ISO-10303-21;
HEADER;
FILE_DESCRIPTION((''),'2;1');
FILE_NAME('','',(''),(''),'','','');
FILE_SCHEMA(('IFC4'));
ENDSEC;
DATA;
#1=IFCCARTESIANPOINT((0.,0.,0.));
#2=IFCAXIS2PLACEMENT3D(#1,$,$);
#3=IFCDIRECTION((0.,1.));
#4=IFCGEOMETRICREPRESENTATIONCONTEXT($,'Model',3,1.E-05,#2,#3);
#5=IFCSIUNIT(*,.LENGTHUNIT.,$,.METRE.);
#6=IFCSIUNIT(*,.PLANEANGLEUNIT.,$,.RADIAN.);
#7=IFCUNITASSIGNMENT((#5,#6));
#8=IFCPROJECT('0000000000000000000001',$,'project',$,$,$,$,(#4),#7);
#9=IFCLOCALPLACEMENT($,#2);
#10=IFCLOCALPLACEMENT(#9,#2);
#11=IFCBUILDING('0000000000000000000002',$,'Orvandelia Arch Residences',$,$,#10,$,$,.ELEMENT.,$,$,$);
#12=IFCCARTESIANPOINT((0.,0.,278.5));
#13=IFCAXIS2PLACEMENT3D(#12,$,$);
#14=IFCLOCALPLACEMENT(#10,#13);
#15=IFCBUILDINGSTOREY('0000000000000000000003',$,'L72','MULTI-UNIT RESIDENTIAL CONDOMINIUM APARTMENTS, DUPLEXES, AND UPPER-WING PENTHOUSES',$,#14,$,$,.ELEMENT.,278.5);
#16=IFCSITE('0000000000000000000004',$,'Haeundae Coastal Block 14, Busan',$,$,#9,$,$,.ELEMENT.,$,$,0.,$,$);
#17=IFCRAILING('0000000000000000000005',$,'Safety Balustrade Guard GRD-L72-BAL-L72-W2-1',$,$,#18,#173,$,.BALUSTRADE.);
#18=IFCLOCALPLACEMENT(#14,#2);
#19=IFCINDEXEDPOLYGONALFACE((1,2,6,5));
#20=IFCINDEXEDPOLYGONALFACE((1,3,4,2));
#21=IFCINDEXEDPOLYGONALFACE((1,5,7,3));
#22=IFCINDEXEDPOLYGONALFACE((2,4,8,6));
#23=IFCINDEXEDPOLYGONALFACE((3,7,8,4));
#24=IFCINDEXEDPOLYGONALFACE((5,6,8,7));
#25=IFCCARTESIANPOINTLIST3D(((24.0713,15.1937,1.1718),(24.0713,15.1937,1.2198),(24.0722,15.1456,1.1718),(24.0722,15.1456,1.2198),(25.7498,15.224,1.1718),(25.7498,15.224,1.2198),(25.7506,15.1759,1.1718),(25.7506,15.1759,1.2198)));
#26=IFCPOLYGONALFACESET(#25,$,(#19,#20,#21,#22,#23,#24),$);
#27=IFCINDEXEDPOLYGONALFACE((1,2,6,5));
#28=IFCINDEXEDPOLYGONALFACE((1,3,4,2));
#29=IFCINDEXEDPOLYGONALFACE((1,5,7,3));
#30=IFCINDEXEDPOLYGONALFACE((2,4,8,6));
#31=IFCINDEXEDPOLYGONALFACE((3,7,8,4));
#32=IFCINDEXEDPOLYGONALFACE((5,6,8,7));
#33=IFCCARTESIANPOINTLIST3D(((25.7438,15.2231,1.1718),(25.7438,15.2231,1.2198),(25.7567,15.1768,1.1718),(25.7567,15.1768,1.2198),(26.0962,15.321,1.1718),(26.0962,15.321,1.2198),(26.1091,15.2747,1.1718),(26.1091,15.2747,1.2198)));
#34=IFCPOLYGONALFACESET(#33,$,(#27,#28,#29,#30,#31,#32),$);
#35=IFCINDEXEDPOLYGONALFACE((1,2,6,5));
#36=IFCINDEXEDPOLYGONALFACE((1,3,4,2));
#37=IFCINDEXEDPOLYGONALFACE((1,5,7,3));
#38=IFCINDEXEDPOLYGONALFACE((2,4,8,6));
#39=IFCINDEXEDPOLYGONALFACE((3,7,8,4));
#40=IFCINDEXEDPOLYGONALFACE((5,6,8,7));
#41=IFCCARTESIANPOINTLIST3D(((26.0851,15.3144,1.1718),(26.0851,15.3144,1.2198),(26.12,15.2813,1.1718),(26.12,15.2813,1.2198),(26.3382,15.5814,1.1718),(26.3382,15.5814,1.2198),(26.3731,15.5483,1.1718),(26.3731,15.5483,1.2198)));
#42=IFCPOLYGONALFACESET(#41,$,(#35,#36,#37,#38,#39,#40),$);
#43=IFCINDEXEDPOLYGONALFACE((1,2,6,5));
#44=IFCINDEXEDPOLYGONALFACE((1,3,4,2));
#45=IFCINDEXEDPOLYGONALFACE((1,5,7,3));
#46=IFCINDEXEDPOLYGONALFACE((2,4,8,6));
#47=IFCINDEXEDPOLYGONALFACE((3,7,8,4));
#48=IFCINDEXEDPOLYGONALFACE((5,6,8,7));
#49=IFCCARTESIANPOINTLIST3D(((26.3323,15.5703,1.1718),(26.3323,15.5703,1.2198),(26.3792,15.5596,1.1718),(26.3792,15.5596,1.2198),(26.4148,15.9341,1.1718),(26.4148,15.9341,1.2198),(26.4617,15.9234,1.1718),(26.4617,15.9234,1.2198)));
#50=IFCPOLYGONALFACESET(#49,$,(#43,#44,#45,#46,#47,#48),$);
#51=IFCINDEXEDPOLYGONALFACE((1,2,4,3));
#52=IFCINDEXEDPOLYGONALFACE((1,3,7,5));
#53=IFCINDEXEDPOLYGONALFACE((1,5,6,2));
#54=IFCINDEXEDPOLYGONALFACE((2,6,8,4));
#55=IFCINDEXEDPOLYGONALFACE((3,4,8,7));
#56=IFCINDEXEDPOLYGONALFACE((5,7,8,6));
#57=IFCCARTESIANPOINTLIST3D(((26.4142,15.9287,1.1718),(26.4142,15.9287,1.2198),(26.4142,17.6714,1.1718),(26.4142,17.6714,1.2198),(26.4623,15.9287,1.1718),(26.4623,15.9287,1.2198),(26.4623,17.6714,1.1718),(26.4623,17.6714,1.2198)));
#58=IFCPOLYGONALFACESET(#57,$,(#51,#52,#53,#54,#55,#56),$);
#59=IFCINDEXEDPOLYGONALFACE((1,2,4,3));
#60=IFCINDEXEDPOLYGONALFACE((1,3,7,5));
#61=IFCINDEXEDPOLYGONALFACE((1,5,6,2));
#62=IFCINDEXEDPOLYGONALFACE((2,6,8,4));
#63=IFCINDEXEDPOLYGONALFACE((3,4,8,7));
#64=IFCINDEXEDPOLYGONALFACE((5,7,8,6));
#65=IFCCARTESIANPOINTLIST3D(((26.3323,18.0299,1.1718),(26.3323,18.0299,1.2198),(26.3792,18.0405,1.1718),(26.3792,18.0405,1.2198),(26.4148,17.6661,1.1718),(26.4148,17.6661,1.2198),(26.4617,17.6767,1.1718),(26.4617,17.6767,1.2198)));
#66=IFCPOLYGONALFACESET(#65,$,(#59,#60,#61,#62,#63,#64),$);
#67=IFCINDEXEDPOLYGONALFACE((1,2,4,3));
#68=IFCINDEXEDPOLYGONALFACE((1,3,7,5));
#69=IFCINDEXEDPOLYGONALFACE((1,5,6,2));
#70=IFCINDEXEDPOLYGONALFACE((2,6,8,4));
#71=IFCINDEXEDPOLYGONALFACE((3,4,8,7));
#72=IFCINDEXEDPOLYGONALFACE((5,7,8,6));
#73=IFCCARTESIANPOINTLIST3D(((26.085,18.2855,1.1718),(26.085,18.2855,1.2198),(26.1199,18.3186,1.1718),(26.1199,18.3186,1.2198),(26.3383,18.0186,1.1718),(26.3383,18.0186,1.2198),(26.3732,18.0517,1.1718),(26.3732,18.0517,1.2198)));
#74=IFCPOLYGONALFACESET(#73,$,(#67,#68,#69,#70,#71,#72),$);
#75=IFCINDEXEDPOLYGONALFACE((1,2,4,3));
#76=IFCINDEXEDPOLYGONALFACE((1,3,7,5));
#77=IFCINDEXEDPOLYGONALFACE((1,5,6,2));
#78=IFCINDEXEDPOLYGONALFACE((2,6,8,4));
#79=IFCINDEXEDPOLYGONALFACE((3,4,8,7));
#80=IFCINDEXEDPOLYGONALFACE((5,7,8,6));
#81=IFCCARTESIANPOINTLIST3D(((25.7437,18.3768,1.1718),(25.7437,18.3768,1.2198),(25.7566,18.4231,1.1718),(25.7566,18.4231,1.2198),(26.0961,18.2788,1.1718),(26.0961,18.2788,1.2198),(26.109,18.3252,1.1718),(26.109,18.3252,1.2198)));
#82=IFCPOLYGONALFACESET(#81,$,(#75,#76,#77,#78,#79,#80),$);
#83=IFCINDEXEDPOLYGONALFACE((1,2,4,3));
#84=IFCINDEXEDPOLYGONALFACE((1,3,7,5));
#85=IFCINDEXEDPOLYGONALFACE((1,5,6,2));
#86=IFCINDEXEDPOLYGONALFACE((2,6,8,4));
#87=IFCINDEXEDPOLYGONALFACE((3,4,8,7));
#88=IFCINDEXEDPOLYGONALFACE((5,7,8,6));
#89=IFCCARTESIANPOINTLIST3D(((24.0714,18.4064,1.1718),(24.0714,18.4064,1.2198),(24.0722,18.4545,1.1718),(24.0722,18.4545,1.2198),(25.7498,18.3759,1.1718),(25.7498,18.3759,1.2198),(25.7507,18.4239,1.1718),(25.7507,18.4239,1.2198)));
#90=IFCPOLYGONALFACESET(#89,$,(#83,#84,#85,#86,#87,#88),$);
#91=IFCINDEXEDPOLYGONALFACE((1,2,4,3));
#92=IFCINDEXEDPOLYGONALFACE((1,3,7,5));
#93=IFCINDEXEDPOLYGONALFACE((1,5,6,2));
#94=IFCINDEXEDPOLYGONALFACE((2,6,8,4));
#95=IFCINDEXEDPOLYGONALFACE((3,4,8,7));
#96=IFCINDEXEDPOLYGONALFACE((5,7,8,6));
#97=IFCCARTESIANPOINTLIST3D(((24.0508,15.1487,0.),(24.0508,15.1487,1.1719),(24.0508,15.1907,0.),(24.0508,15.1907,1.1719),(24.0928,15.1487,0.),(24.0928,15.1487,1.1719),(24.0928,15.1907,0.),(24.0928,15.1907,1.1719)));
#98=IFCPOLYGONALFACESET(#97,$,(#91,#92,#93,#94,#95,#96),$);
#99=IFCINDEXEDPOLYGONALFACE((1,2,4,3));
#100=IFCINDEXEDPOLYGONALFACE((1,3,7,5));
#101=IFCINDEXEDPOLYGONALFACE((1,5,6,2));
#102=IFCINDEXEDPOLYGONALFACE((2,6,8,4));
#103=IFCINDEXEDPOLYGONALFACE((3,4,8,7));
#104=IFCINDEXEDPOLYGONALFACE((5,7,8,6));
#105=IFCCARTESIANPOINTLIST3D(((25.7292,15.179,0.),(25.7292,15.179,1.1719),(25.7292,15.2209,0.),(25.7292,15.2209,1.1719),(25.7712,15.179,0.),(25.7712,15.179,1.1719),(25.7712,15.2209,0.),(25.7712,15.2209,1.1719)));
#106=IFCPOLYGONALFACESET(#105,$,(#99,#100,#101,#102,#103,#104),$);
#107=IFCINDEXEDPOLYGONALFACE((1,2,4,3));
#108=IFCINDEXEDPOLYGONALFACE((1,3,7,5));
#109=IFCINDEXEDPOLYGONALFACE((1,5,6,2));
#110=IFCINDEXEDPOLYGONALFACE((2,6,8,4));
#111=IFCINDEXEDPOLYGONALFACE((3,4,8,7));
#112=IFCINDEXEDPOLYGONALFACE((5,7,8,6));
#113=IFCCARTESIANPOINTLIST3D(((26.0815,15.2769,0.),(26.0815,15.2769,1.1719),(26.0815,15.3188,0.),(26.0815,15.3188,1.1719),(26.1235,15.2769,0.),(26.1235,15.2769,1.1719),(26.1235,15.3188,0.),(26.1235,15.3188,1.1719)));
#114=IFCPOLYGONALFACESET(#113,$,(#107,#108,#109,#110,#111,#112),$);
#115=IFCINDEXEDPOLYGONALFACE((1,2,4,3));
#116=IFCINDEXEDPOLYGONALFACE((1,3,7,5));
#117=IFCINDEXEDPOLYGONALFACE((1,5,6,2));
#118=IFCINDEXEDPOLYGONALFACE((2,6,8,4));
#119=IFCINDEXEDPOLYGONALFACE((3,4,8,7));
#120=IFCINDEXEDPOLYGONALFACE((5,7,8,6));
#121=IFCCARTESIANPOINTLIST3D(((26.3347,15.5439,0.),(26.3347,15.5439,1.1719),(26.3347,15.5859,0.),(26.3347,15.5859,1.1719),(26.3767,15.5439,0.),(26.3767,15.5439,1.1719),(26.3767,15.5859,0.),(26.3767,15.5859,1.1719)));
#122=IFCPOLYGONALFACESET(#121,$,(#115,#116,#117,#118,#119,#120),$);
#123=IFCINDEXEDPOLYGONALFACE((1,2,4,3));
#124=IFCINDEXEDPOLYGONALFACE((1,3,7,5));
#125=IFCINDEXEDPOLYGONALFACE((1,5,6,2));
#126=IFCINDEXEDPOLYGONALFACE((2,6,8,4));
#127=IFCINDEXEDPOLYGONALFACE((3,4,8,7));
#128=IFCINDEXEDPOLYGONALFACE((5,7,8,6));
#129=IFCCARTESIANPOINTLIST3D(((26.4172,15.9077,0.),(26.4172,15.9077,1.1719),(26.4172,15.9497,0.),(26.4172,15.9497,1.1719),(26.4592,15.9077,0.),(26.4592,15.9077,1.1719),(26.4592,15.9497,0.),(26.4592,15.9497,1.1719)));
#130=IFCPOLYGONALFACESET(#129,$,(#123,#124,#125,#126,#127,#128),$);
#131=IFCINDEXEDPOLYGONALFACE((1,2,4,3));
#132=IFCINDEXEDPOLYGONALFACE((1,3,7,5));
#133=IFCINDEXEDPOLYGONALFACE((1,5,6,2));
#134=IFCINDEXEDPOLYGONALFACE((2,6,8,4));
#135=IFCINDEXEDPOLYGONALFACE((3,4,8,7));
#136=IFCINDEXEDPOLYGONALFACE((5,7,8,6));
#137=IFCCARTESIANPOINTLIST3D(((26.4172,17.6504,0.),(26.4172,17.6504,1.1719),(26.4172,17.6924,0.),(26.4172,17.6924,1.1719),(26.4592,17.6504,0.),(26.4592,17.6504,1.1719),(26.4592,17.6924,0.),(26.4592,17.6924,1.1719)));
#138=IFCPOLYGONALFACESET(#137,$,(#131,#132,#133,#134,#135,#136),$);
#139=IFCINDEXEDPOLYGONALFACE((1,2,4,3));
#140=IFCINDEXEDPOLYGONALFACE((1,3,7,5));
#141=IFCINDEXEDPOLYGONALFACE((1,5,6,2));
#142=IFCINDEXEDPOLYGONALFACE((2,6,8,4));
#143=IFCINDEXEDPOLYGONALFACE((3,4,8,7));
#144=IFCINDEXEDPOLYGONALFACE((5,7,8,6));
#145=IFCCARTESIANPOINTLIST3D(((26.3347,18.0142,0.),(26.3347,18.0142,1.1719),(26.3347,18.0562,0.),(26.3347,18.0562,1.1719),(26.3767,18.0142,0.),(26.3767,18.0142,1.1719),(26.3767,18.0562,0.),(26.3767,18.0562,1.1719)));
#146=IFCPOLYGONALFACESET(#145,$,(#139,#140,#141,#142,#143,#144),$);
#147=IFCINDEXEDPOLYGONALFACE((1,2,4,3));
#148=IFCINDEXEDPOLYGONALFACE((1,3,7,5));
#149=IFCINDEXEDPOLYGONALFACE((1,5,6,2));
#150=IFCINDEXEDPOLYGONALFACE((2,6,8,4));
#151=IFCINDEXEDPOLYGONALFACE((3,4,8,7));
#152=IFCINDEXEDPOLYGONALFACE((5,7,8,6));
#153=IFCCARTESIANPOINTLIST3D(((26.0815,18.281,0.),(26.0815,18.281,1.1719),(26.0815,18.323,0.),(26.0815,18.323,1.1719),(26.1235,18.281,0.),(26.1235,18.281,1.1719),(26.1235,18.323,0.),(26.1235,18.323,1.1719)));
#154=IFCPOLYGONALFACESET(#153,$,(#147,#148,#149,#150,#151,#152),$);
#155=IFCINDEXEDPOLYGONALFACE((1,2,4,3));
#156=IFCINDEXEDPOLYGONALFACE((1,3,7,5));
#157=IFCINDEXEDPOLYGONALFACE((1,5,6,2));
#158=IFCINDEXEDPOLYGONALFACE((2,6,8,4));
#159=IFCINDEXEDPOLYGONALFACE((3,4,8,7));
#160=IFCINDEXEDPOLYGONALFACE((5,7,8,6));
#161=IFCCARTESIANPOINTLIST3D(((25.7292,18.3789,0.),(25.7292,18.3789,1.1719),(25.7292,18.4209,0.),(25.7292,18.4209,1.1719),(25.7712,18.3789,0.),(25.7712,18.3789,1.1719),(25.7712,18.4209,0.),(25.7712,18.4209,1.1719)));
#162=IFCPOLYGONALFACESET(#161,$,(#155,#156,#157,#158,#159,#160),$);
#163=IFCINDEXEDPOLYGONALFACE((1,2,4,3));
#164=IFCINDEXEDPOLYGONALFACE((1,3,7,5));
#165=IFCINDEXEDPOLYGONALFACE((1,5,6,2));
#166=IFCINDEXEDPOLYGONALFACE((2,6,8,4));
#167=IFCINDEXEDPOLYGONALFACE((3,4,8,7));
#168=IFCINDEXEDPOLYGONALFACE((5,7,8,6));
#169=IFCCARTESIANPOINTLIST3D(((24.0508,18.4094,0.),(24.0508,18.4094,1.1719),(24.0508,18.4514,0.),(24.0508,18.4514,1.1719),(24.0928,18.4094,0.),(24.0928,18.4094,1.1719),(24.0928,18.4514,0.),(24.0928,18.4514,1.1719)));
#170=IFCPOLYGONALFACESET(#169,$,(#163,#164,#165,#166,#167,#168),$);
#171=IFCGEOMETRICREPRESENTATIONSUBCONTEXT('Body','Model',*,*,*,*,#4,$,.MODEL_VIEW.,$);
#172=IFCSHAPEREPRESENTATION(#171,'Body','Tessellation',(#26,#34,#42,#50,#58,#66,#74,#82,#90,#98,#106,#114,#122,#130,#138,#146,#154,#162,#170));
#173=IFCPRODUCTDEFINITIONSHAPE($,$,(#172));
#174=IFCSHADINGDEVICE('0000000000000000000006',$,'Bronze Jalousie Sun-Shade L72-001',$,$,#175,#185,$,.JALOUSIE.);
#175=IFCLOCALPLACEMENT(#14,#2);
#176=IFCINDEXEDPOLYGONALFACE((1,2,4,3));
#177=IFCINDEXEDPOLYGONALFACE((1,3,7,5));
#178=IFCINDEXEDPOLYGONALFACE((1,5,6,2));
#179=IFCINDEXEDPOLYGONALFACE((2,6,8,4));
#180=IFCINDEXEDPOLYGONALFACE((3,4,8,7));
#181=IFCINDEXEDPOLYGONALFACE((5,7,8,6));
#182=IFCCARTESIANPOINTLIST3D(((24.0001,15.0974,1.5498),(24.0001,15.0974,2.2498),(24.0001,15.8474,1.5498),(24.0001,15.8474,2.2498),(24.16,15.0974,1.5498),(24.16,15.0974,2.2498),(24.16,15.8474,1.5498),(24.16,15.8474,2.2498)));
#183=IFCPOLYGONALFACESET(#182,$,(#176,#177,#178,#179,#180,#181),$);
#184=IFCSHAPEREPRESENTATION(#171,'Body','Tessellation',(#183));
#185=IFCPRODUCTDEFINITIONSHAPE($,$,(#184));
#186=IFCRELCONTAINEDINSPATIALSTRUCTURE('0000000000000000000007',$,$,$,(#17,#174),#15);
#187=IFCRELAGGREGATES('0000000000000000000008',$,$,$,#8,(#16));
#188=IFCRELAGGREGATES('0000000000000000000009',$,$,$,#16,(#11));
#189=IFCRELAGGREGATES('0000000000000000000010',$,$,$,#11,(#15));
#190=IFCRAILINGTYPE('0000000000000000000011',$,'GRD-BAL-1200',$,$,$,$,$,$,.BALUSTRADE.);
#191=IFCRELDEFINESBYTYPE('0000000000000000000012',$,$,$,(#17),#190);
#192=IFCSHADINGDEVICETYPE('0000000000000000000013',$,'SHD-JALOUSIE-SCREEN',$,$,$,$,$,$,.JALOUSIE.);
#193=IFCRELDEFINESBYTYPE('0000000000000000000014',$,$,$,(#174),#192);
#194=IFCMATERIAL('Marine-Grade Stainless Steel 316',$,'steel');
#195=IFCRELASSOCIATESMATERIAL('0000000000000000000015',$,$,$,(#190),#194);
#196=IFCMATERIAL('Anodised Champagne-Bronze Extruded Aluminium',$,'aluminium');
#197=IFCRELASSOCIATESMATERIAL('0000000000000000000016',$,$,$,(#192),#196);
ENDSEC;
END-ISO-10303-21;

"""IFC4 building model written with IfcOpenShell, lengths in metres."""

from ifc_helpers import new_model, si_unit, direction, frame, origin, origin_2d, place, context, subcontext, project, spatial, rectangle, extrude, material, type_object, element, save


model = new_model("IFC4")

# Units and contexts
model_context = context("Model", 3, precision=1e-05, world=origin(), true_north=direction((0.0, 1.0)))
body_context = subcontext(model_context, "Body", "Model", "MODEL_VIEW")
ifc_project = project(units=[si_unit("LENGTHUNIT", "METRE"), si_unit("PLANEANGLEUNIT", "RADIAN")], contexts=[model_context])

# Site, building, storey
site_placement = place(None, origin())
site = spatial("IfcSite", under=ifc_project, at=site_placement, Name="Haeundae Coastal Block 14, Busan", CompositionType="ELEMENT", RefElevation=0.0)
building_placement = place(site_placement, origin())
building = spatial("IfcBuilding", under=site, at=building_placement, Name="Orvandelia Arch Residences", CompositionType="ELEMENT")
storey_placement = place(building_placement, frame((0.0, 0.0, 278.5)))
storey = spatial("IfcBuildingStorey", under=building, at=storey_placement, Name="L72", Description="MULTI-UNIT RESIDENTIAL CONDOMINIUM APARTMENTS, DUPLEXES, AND UPPER-WING PENTHOUSES", CompositionType="ELEMENT", Elevation=278.5)

# Railing
ifc_material_1 = material(Name="Marine-Grade Stainless Steel 316", Category="steel")
railing_type = type_object("IfcRailingType", Name="GRD-BAL-1200", PredefinedType="BALUSTRADE", material=ifc_material_1)
railing_placement = place(storey_placement, frame((24.0718, 15.1697, 0.0)))
element("IfcRailing", 1, at=railing_placement, inside=storey, type_object=railing_type, Name="Safety Balustrade Guard GRD-L72-BAL-L72-W2-1", PredefinedType="BALUSTRADE", context=body_context, shape_type="SweptSolid", body=[
    extrude(rectangle(XDim=0.0481, YDim=0.0481, at=origin_2d()), frame((0.0, 0.0, 1.1958), z_axis=(0.999837, 0.018033, 0.0), x_axis=(-0.018033, 0.999837, 0.0)), (0.0, 0.0, 1.0), 1.6787),
    extrude(rectangle(XDim=0.0481, YDim=0.0481, at=origin_2d()), frame((1.6785, 0.0303, 1.1958), z_axis=(0.963489, 0.267747, 0.0), x_axis=(-0.267747, 0.963489, 0.0)), (0.0, 0.0, 1.0), 0.3657),
    extrude(rectangle(XDim=0.0481, YDim=0.0481, at=origin_2d()), frame((2.0308, 0.1282, 1.1958), z_axis=(0.687947, 0.725761, 0.0), x_axis=(-0.725761, 0.687947, 0.0)), (0.0, 0.0, 1.0), 0.3679),
    extrude(rectangle(XDim=0.0481, YDim=0.0481, at=origin_2d()), frame((2.2839, 0.3953, 1.1958), z_axis=(0.221225, 0.975223, 0.0), x_axis=(-0.975223, 0.221225, 0.0)), (0.0, 0.0, 1.0), 0.373),
    extrude(rectangle(XDim=0.0481, YDim=0.0481, at=origin_2d()), frame((2.3665, 0.759, 1.1958), z_axis=(0.0, 1.0, 0.0), x_axis=(-1.0, 0.0, 0.0)), (0.0, 0.0, 1.0), 1.7427),
    extrude(rectangle(XDim=0.0481, YDim=0.0481, at=origin_2d()), frame((2.3665, 2.5017, 1.1958), z_axis=(-0.221225, 0.975223, 0.0), x_axis=(-0.975223, -0.221225, 0.0)), (0.0, 0.0, 1.0), 0.373),
    extrude(rectangle(XDim=0.0481, YDim=0.0481, at=origin_2d()), frame((2.2839, 2.8655, 1.1958), z_axis=(-0.688278, 0.725447, 0.0), x_axis=(-0.725447, -0.688278, 0.0)), (0.0, 0.0, 1.0), 0.3679),
    extrude(rectangle(XDim=0.0481, YDim=0.0481, at=origin_2d()), frame((2.0308, 3.1323, 1.1958), z_axis=(-0.963489, 0.267747, 0.0), x_axis=(-0.267747, -0.963489, 0.0)), (0.0, 0.0, 1.0), 0.3657),
    extrude(rectangle(XDim=0.0481, YDim=0.0481, at=origin_2d()), frame((1.6785, 3.2302, 1.1958), z_axis=(-0.999835, 0.018179, 0.0), x_axis=(-0.018179, -0.999835, 0.0)), (0.0, 0.0, 1.0), 1.6787),
    extrude(rectangle(XDim=0.042, YDim=0.042, at=origin_2d()), origin(), (0.0, 0.0, 1.0), 1.1719),
    extrude(rectangle(XDim=0.042, YDim=0.042, at=origin_2d()), frame((1.6785, 0.0303, 0.0)), (0.0, 0.0, 1.0), 1.1719),
    extrude(rectangle(XDim=0.042, YDim=0.042, at=origin_2d()), frame((2.0308, 0.1282, 0.0)), (0.0, 0.0, 1.0), 1.1719),
    extrude(rectangle(XDim=0.042, YDim=0.042, at=origin_2d()), frame((2.2839, 0.3953, 0.0)), (0.0, 0.0, 1.0), 1.1719),
    extrude(rectangle(XDim=0.042, YDim=0.042, at=origin_2d()), frame((2.3665, 0.759, 0.0)), (0.0, 0.0, 1.0), 1.1719),
    extrude(rectangle(XDim=0.042, YDim=0.042, at=origin_2d()), frame((2.3665, 2.5017, 0.0)), (0.0, 0.0, 1.0), 1.1719),
    extrude(rectangle(XDim=0.042, YDim=0.042, at=origin_2d()), frame((2.2839, 2.8655, 0.0)), (0.0, 0.0, 1.0), 1.1719),
    extrude(rectangle(XDim=0.042, YDim=0.042, at=origin_2d()), frame((2.0308, 3.1323, 0.0)), (0.0, 0.0, 1.0), 1.1719),
    extrude(rectangle(XDim=0.042, YDim=0.042, at=origin_2d()), frame((1.6785, 3.2302, 0.0)), (0.0, 0.0, 1.0), 1.1719),
    extrude(rectangle(XDim=0.042, YDim=0.042, at=origin_2d()), frame((0.0, 3.2607, 0.0)), (0.0, 0.0, 1.0), 1.1719),
])

# Shading device
ifc_material_2 = material(Name="Anodised Champagne-Bronze Extruded Aluminium", Category="aluminium")
shading_device_type = type_object("IfcShadingDeviceType", Name="SHD-JALOUSIE-SCREEN", PredefinedType="JALOUSIE", material=ifc_material_2)
shading_device_placement = place(storey_placement, frame((24.0801, 15.4724, 1.5498), z_axis=(0.0, 0.0, 1.0), x_axis=(0.0, -1.0, 0.0)))
element("IfcShadingDevice", 2, at=shading_device_placement, inside=storey, type_object=shading_device_type, Name="Bronze Jalousie Sun-Shade L72-001", PredefinedType="JALOUSIE", context=body_context, shape_type="SweptSolid", body=[
    extrude(rectangle(XDim=0.75, YDim=0.1599, at=origin_2d()), origin(), (0.0, 0.0, 1.0), 0.7),
])

save(model, "model.ifc")
